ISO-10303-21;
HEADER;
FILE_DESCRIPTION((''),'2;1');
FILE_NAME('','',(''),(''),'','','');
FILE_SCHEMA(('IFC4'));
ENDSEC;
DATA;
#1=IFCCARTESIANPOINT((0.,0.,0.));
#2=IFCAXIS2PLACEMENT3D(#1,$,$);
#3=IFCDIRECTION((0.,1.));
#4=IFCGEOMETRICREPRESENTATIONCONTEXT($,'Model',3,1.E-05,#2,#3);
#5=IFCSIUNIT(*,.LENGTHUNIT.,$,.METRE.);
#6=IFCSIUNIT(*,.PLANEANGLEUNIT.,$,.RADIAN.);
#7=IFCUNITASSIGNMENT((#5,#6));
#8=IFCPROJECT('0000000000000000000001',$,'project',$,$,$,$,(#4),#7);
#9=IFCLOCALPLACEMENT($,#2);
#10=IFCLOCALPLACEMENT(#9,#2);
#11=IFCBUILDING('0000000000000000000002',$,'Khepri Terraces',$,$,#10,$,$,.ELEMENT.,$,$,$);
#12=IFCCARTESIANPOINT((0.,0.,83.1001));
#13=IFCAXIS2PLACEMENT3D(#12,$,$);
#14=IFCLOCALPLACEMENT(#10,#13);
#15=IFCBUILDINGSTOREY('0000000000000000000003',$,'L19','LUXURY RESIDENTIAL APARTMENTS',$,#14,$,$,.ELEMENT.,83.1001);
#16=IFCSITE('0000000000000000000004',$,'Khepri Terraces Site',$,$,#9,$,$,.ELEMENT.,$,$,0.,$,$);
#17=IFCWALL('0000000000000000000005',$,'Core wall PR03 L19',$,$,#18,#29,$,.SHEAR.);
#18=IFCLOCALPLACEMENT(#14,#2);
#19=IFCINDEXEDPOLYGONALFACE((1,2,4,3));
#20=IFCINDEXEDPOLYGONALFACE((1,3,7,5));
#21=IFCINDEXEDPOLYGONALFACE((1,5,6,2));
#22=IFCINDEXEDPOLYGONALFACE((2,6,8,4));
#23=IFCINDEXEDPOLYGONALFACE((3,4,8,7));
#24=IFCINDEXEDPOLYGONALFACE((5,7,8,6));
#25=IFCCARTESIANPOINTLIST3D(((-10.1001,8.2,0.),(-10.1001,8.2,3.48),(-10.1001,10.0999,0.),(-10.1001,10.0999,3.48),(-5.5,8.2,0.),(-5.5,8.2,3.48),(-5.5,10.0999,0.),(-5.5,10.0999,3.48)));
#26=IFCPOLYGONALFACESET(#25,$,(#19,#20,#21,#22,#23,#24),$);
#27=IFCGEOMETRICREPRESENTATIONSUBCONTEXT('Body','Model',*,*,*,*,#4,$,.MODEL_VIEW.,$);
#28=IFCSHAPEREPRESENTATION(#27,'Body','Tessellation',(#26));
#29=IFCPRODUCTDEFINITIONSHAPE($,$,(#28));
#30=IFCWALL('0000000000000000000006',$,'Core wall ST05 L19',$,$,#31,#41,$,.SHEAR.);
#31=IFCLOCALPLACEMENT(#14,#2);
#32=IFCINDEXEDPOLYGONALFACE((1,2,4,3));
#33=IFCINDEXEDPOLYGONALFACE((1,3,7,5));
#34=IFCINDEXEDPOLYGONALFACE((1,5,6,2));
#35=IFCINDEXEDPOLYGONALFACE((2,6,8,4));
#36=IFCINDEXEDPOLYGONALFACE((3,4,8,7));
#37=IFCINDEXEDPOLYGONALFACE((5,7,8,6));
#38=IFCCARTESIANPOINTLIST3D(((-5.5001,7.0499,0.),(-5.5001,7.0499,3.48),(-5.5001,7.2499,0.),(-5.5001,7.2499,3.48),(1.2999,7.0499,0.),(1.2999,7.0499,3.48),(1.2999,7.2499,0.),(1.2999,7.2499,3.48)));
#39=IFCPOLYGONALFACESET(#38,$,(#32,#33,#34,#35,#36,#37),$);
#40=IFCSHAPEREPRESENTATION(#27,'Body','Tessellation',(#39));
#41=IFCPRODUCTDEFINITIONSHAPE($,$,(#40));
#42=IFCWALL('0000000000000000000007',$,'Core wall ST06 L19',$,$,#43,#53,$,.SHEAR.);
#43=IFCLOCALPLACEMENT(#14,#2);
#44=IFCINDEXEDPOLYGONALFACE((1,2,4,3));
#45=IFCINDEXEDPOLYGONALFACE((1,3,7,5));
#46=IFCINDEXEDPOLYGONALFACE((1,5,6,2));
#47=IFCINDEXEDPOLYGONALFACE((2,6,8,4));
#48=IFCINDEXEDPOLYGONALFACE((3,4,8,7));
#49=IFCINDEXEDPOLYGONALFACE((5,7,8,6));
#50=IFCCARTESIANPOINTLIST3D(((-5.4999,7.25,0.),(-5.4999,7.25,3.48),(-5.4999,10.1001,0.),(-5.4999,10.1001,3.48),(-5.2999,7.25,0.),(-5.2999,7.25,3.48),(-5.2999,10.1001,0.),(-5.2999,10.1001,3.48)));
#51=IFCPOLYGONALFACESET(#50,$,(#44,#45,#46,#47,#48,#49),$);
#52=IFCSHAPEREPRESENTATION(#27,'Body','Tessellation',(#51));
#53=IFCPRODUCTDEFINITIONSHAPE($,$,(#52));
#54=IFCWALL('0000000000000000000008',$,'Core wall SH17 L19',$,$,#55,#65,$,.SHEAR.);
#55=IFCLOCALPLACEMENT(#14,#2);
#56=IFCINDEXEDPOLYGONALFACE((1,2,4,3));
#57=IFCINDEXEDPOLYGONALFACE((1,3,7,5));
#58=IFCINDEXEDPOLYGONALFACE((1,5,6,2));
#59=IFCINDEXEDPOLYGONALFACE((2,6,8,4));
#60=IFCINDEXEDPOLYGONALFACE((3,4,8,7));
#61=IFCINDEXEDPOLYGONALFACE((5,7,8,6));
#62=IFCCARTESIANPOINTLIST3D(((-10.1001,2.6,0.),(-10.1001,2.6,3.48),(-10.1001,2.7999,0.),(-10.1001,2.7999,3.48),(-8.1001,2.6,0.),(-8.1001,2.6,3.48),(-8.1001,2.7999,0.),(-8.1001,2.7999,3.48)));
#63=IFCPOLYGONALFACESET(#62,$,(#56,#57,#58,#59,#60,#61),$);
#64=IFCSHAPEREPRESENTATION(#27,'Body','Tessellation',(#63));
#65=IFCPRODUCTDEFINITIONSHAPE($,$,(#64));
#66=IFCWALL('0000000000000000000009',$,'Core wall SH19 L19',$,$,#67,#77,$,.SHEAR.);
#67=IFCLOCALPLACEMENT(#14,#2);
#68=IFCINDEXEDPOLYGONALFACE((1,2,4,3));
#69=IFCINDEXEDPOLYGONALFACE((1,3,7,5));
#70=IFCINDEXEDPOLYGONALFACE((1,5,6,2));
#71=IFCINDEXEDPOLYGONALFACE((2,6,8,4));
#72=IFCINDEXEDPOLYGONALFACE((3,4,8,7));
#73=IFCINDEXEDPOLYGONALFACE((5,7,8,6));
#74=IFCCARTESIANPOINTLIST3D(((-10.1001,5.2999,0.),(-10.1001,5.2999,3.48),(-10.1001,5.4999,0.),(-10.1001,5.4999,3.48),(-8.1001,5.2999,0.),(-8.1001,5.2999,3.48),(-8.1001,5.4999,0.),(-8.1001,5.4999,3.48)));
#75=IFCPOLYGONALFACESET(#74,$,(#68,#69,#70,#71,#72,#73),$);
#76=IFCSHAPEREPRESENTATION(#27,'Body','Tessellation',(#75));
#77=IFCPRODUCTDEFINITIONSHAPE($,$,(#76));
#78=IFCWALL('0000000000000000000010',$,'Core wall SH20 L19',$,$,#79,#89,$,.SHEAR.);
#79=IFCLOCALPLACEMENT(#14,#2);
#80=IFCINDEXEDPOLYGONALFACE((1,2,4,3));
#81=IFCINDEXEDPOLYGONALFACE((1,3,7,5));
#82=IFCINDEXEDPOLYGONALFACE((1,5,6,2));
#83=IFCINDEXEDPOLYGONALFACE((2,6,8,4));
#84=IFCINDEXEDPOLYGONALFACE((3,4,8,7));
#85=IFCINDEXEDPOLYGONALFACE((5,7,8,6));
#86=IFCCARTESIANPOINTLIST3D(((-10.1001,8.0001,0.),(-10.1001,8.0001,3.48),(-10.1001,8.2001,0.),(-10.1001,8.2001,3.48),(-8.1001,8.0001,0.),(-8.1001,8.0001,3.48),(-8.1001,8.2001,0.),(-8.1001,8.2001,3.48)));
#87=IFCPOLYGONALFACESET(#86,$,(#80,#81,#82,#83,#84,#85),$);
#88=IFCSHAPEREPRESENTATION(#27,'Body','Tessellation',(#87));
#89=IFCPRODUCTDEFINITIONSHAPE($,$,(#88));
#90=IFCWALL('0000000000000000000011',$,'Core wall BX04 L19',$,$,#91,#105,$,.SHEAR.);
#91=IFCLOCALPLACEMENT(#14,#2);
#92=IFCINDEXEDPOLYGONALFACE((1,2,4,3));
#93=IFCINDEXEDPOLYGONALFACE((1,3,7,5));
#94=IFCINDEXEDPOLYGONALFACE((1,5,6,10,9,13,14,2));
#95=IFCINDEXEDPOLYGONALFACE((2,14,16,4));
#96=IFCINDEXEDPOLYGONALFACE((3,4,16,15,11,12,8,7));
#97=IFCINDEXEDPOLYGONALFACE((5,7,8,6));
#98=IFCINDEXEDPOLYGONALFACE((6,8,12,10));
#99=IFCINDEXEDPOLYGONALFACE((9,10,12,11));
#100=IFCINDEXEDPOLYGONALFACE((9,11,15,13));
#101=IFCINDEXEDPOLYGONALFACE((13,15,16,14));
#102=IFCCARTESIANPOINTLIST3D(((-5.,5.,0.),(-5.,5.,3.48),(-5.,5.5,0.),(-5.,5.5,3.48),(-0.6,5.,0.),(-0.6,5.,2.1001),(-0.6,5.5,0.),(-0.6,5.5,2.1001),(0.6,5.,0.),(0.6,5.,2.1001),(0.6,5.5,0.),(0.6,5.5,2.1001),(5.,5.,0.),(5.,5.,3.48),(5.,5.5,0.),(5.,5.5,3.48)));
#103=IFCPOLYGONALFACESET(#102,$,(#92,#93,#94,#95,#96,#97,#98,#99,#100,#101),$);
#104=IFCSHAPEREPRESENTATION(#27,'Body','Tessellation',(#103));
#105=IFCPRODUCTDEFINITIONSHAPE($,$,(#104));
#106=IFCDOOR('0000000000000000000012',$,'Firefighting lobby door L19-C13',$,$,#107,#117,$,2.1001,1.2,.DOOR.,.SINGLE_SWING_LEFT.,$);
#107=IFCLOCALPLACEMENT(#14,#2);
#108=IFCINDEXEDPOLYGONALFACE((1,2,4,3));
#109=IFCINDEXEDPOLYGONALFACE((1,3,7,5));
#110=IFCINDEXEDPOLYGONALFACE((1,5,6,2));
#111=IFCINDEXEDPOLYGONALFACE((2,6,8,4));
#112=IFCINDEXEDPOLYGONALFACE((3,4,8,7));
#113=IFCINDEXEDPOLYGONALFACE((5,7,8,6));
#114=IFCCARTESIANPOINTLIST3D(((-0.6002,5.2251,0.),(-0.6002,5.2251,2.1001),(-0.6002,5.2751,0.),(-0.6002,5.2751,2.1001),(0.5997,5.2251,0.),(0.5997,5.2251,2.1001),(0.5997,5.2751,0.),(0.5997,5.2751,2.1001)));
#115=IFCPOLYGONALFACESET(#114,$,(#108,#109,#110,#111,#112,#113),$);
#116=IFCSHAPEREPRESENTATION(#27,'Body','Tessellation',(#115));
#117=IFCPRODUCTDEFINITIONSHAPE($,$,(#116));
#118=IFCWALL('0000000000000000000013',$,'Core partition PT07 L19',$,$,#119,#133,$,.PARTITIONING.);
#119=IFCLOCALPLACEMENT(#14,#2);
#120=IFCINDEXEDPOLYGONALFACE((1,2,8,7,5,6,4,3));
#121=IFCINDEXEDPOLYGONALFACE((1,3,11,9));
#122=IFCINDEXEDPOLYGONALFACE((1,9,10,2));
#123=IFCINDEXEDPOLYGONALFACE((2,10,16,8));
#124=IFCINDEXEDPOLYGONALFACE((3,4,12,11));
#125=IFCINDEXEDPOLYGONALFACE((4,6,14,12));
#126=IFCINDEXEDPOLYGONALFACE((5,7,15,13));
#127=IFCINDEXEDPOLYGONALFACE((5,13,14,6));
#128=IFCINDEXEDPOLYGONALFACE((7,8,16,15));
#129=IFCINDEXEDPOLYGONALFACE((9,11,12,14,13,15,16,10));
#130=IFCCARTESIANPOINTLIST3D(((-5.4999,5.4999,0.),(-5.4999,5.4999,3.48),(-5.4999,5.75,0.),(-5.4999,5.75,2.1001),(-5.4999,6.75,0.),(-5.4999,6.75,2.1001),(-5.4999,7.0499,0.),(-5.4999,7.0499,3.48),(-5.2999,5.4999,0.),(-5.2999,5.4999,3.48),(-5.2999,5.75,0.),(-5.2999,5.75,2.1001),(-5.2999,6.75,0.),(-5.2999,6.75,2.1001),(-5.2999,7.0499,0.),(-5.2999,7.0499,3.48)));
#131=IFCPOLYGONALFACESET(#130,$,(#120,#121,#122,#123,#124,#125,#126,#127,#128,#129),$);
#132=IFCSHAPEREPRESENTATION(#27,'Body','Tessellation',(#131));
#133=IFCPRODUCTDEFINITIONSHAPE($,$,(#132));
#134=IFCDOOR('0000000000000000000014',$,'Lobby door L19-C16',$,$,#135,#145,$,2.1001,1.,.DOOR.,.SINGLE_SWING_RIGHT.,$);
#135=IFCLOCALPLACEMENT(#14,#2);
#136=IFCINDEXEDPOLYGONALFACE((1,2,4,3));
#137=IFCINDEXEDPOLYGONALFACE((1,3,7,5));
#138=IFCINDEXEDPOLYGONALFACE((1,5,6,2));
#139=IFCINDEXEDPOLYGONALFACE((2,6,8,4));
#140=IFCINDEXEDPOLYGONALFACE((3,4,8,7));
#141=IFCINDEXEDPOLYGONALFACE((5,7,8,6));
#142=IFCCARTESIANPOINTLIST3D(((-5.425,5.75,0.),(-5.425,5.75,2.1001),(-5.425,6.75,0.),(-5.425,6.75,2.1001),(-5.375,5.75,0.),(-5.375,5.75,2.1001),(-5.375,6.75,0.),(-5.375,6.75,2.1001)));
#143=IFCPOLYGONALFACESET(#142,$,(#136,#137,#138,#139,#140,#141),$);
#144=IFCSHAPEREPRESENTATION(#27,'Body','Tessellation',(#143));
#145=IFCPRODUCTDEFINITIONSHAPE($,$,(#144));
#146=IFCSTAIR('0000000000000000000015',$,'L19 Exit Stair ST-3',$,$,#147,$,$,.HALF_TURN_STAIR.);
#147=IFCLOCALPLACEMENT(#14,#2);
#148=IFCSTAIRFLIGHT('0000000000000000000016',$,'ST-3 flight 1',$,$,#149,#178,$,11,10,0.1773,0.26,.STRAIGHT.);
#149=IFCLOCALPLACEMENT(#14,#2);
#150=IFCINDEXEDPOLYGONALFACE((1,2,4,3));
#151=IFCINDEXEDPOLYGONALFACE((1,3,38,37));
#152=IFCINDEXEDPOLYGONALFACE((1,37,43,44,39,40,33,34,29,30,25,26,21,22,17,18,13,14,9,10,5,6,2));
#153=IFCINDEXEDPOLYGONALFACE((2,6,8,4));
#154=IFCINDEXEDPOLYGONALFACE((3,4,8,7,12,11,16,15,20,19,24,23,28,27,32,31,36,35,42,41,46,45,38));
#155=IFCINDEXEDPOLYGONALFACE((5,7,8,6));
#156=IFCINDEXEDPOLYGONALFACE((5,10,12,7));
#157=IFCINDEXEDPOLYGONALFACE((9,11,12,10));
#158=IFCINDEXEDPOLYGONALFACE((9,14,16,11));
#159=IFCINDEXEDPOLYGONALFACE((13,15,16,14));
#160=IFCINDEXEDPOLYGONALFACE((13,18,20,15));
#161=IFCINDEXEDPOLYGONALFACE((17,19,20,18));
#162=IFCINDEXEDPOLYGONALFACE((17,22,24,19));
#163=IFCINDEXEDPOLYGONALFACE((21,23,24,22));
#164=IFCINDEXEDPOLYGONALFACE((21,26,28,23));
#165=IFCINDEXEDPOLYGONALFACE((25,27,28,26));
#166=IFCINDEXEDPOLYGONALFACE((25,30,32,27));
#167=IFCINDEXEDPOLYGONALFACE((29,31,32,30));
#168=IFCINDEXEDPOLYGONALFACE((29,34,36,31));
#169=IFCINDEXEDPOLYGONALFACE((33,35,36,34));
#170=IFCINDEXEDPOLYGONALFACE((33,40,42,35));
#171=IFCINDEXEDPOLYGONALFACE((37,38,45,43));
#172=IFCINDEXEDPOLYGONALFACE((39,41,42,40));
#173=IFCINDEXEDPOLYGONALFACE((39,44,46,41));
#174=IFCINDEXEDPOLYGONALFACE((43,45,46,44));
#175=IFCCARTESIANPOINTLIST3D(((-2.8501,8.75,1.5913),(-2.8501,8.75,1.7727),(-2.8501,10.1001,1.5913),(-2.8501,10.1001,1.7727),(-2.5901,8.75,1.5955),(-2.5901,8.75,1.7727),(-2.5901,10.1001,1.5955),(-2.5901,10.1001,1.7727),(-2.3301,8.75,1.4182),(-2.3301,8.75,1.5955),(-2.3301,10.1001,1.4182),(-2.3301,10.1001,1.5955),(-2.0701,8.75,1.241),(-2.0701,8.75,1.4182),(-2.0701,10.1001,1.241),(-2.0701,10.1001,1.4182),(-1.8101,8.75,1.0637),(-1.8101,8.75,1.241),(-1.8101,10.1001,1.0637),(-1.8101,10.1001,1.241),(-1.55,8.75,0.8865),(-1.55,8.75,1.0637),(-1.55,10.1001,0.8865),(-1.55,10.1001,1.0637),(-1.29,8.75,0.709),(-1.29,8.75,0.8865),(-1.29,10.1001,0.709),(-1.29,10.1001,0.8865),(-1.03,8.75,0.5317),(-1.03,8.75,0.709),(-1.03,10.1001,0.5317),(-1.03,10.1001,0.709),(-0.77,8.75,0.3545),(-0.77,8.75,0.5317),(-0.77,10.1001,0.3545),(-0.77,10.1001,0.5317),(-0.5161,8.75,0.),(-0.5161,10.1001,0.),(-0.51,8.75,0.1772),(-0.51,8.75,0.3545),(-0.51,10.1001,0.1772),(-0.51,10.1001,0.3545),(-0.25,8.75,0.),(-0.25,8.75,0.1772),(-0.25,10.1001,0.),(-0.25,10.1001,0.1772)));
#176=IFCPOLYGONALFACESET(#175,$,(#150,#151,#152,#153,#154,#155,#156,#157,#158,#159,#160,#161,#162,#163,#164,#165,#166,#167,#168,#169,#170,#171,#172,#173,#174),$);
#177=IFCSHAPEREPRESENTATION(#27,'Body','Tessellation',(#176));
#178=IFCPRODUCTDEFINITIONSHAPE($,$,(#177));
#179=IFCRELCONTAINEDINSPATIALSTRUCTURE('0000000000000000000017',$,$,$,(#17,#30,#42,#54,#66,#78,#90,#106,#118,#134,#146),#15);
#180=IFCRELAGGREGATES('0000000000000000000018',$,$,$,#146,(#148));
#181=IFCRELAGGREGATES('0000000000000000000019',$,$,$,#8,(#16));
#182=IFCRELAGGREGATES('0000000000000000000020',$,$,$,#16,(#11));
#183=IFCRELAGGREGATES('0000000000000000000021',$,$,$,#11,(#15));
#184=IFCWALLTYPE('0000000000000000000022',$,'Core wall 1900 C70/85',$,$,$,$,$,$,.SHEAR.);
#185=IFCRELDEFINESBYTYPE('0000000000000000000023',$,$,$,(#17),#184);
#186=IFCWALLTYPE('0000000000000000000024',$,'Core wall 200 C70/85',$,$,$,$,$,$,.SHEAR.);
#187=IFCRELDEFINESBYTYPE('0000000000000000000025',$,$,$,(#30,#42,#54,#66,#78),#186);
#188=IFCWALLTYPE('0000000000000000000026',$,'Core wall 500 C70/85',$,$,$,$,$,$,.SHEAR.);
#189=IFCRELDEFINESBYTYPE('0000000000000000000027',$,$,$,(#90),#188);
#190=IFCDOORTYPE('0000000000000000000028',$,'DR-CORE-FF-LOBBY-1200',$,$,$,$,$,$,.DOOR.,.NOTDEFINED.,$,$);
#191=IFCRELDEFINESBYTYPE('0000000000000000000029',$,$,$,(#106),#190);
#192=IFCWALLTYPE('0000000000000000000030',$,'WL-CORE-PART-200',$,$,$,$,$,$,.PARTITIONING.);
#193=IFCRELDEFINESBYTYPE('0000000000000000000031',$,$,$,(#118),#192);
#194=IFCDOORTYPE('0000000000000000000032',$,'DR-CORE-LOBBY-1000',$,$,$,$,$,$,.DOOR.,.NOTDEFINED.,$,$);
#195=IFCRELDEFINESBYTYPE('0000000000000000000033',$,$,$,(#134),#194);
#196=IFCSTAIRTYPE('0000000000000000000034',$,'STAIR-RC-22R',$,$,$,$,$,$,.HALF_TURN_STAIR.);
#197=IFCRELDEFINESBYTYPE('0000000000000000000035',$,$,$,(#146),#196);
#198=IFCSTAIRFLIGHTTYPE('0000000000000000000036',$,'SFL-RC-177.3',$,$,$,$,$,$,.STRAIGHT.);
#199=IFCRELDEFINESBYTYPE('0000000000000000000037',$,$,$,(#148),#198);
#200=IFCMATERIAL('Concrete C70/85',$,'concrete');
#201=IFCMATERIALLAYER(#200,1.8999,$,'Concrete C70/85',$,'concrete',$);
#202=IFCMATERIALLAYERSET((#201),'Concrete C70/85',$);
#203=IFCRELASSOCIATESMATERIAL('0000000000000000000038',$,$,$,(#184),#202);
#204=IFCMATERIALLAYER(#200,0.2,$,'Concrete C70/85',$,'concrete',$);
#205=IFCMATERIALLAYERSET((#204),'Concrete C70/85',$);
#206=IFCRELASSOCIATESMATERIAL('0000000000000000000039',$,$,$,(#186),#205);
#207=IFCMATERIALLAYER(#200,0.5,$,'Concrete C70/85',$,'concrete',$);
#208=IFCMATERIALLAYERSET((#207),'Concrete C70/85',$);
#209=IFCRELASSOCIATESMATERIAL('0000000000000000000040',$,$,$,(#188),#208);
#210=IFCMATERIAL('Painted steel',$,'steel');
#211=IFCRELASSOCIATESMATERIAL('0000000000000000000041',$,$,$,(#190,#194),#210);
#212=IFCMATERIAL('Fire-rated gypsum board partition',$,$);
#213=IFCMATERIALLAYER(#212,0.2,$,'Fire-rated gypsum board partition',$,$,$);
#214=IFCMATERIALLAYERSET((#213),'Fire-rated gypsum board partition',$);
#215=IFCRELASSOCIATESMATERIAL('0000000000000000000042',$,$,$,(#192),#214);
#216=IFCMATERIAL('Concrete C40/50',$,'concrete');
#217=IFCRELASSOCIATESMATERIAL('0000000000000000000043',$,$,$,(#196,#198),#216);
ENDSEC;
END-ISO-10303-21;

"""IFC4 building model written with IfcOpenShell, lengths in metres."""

from ifc_helpers import new_model, si_unit, direction, frame, frame_2d, origin, place, context, subcontext, project, spatial, polyline, rectangle, outline, extrude, material, layer, layer_set, type_object, element, fill, aggregate, save


model = new_model("IFC4")

# Units and contexts
model_context = context("Model", 3, precision=1e-05, world=origin(), true_north=direction((0.0, 1.0)))
body_context = subcontext(model_context, "Body", "Model", "MODEL_VIEW")
ifc_project = project(units=[si_unit("LENGTHUNIT", "METRE"), si_unit("PLANEANGLEUNIT", "RADIAN")], contexts=[model_context])

# Site, building, storey
site_placement = place(None, origin())
site = spatial("IfcSite", under=ifc_project, at=site_placement, Name="Khepri Terraces Site", CompositionType="ELEMENT", RefElevation=0.0)
building_placement = place(site_placement, origin())
building = spatial("IfcBuilding", under=site, at=building_placement, Name="Khepri Terraces", CompositionType="ELEMENT")
storey_placement = place(building_placement, frame((0.0, 0.0, 83.1001)))
storey = spatial("IfcBuildingStorey", under=building, at=storey_placement, Name="L19", Description="LUXURY RESIDENTIAL APARTMENTS", CompositionType="ELEMENT", Elevation=83.1001)

# Walls
ifc_material_1 = material(Name="Concrete C70/85", Category="concrete")
ifc_layer_1 = layer(ifc_material_1, 1.8999, Name="Concrete C70/85", Category="concrete")
ifc_layer_set_1 = layer_set([ifc_layer_1], Name="Concrete C70/85")
wall_type_1 = type_object("IfcWallType", Name="Core wall 1900 C70/85", PredefinedType="SHEAR", material=ifc_layer_set_1)
wall_1_placement = place(storey_placement, frame((-10.1001, 9.1499, 0.0), z_axis=(0.0, 0.0, 1.0), x_axis=(1.0, 0.0, 0.0)))
element("IfcWall", 1, at=wall_1_placement, inside=storey, type_object=wall_type_1, Name="Core wall PR03 L19", PredefinedType="SHEAR", context=body_context, shape_type="SweptSolid", body=[
    extrude(rectangle(XDim=4.6001, YDim=1.8999, at=frame_2d((2.3, 0.0))), origin(), (0.0, 0.0, 1.0), 3.48),
])
ifc_layer_2 = layer(ifc_material_1, 0.2, Name="Concrete C70/85", Category="concrete")
ifc_layer_set_2 = layer_set([ifc_layer_2], Name="Concrete C70/85")
wall_type_2 = type_object("IfcWallType", Name="Core wall 200 C70/85", PredefinedType="SHEAR", material=ifc_layer_set_2)
wall_2_placement = place(storey_placement, frame((-5.5, 7.1499, 0.0), z_axis=(0.0, 0.0, 1.0), x_axis=(1.0, 0.0, 0.0)))
element("IfcWall", 2, at=wall_2_placement, inside=storey, type_object=wall_type_2, Name="Core wall ST05 L19", PredefinedType="SHEAR", context=body_context, shape_type="SweptSolid", body=[
    extrude(rectangle(XDim=6.8, YDim=0.2, at=frame_2d((3.3999, 0.0))), origin(), (0.0, 0.0, 1.0), 3.48),
])
wall_3_placement = place(storey_placement, frame((-5.3999, 7.25, 0.0), z_axis=(0.0, 0.0, 1.0), x_axis=(0.0, 1.0, 0.0)))
element("IfcWall", 3, at=wall_3_placement, inside=storey, type_object=wall_type_2, Name="Core wall ST06 L19", PredefinedType="SHEAR", context=body_context, shape_type="SweptSolid", body=[
    extrude(rectangle(XDim=2.8501, YDim=0.2, at=frame_2d((1.425, 0.0))), origin(), (0.0, 0.0, 1.0), 3.48),
])
for number, where, z_axis, x_axis, name in (
    (4, (-10.1001, 2.7, 0.0), (0.0, 0.0, 1.0), (1.0, 0.0, 0.0), "Core wall SH17 L19"),
    (5, (-10.1001, 5.3999, 0.0), (0.0, 0.0, 1.0), (1.0, 0.0, 0.0), "Core wall SH19 L19"),
    (6, (-10.1001, 8.1001, 0.0), (0.0, 0.0, 1.0), (1.0, 0.0, 0.0), "Core wall SH20 L19"),
):
    element("IfcWall", number, at=place(storey_placement, frame(where, z_axis=z_axis, x_axis=x_axis)), inside=storey, type_object=wall_type_2, Name=name, PredefinedType="SHEAR", context=body_context, shape_type="SweptSolid", body=[
        extrude(rectangle(XDim=2.0, YDim=0.2, at=frame_2d((1.0, 0.0))), origin(), (0.0, 0.0, 1.0), 3.48),
    ])

# Walls, openings, doors
ifc_layer_3 = layer(ifc_material_1, 0.5, Name="Concrete C70/85", Category="concrete")
ifc_layer_set_3 = layer_set([ifc_layer_3], Name="Concrete C70/85")
wall_type_3 = type_object("IfcWallType", Name="Core wall 500 C70/85", PredefinedType="SHEAR", material=ifc_layer_set_3)
wall_4_placement = place(storey_placement, frame((-5.0, 5.25, 0.0), z_axis=(0.0, 0.0, 1.0), x_axis=(1.0, 0.0, 0.0)))
wall_4 = element("IfcWall", 7, at=wall_4_placement, inside=storey, type_object=wall_type_3, Name="Core wall BX04 L19", PredefinedType="SHEAR", context=body_context, shape_type="SweptSolid", body=[
    extrude(rectangle(XDim=10.0, YDim=0.5, at=frame_2d((5.0, 0.0))), origin(), (0.0, 0.0, 1.0), 3.48),
])
opening_1_placement = place(wall_4_placement, frame((4.3999, 0.0, 0.0)))
opening_1 = element("IfcOpeningElement", 8, at=opening_1_placement, cuts=wall_4, PredefinedType="OPENING", context=body_context, shape_type="SweptSolid", body=[
    extrude(rectangle(XDim=1.2, YDim=2.1001, at=frame_2d((0.6001, 1.05))), frame((0.0, 0.26, 0.0), z_axis=(0.0, -1.0, 0.0), x_axis=(1.0, 0.0, 0.0)), (0.0, 0.0, 1.0), 0.52),
])
ifc_material_2 = material(Name="Painted steel", Category="steel")
door_type_1 = type_object("IfcDoorType", Name="DR-CORE-FF-LOBBY-1200", OperationType="NOTDEFINED", PredefinedType="DOOR", material=ifc_material_2)
door_1_placement = place(opening_1_placement, frame((1.2, 0.0, 0.0), z_axis=(0.0, 0.0, 1.0), x_axis=(-1.0, 0.0, 0.0)))
door_1 = element("IfcDoor", 9, at=door_1_placement, inside=storey, type_object=door_type_1, Name="Firefighting lobby door L19-C13", OperationType="SINGLE_SWING_LEFT", OverallHeight=2.1001, OverallWidth=1.2, PredefinedType="DOOR", context=body_context, shape_type="SweptSolid", body=[
    extrude(rectangle(XDim=1.2, YDim=2.1001, at=frame_2d((0.6001, 1.05))), frame((0.0, 0.0249, 0.0), z_axis=(0.0, -1.0, 0.0), x_axis=(1.0, 0.0, 0.0)), (0.0, 0.0, 1.0), 0.05),
])
fill(opening_1, door_1)
ifc_material_3 = material(Name="Fire-rated gypsum board partition")
ifc_layer_4 = layer(ifc_material_3, 0.2, Name="Fire-rated gypsum board partition")
ifc_layer_set_4 = layer_set([ifc_layer_4], Name="Fire-rated gypsum board partition")
wall_type_4 = type_object("IfcWallType", Name="WL-CORE-PART-200", PredefinedType="PARTITIONING", material=ifc_layer_set_4)
wall_5_placement = place(storey_placement, frame((-5.3999, 5.5, 0.0), z_axis=(0.0, 0.0, 1.0), x_axis=(0.0, 1.0, 0.0)))
wall_5 = element("IfcWall", 10, at=wall_5_placement, inside=storey, type_object=wall_type_4, Name="Core partition PT07 L19", PredefinedType="PARTITIONING", context=body_context, shape_type="SweptSolid", body=[
    extrude(rectangle(XDim=1.55, YDim=0.2, at=frame_2d((0.7749, 0.0))), origin(), (0.0, 0.0, 1.0), 3.48),
])
opening_2_placement = place(wall_5_placement, frame((0.25, 0.0, 0.0)))
opening_2 = element("IfcOpeningElement", 11, at=opening_2_placement, cuts=wall_5, PredefinedType="OPENING", context=body_context, shape_type="SweptSolid", body=[
    extrude(rectangle(XDim=1.0, YDim=2.1001, at=frame_2d((0.5, 1.05))), frame((0.0, 0.1099, 0.0), z_axis=(0.0, -1.0, 0.0), x_axis=(1.0, 0.0, 0.0)), (0.0, 0.0, 1.0), 0.22),
])
door_type_2 = type_object("IfcDoorType", Name="DR-CORE-LOBBY-1000", OperationType="NOTDEFINED", PredefinedType="DOOR", material=ifc_material_2)
door_2_placement = place(opening_2_placement, frame((1.0, 0.0, 0.0), z_axis=(0.0, 0.0, 1.0), x_axis=(-1.0, 0.0, 0.0)))
door_2 = element("IfcDoor", 12, at=door_2_placement, inside=storey, type_object=door_type_2, Name="Lobby door L19-C16", OperationType="SINGLE_SWING_RIGHT", OverallHeight=2.1001, OverallWidth=1.0, PredefinedType="DOOR", context=body_context, shape_type="SweptSolid", body=[
    extrude(rectangle(XDim=1.0, YDim=2.1001, at=frame_2d((0.5, 1.05))), frame((0.0, 0.0249, 0.0), z_axis=(0.0, -1.0, 0.0), x_axis=(1.0, 0.0, 0.0)), (0.0, 0.0, 1.0), 0.05),
])
fill(opening_2, door_2)

# Stair, stair flight
ifc_material_4 = material(Name="Concrete C40/50", Category="concrete")
stair_type = type_object("IfcStairType", Name="STAIR-RC-22R", PredefinedType="HALF_TURN_STAIR", material=ifc_material_4)
stair_placement = place(storey_placement, origin())
stair = element("IfcStair", 13, at=stair_placement, inside=storey, type_object=stair_type, Name="L19 Exit Stair ST-3", PredefinedType="HALF_TURN_STAIR")
stair_flight_type = type_object("IfcStairFlightType", Name="SFL-RC-177.3", PredefinedType="STRAIGHT", material=ifc_material_4)
stair_flight_1_placement = place(storey_placement, frame((-0.25, 9.425, 0.0), z_axis=(0.0, 0.0, 1.0), x_axis=(-1.0, 0.0, 0.0)))
stair_flight_1 = element("IfcStairFlight", 14, at=stair_flight_1_placement, type_object=stair_flight_type, Name="ST-3 flight 1", NumberOfRisers=11, NumberOfTreads=10, PredefinedType="STRAIGHT", RiserHeight=0.1773, TreadLength=0.26, context=body_context, shape_type="SweptSolid", body=[
    extrude(outline(polyline([(0.0, 0.0), (0.0, 0.1772), (0.26, 0.1772), (0.26, 0.3545), (0.52, 0.3545), (0.52, 0.5317), (0.78, 0.5317), (0.78, 0.709), (1.04, 0.709), (1.04, 0.8865), (1.3, 0.8865), (1.3, 1.0637), (1.5601, 1.0637), (1.5601, 1.241), (1.8201, 1.241), (1.8201, 1.4182), (2.0801, 1.4182), (2.0801, 1.5955), (2.3401, 1.5955), (2.3401, 1.7727), (2.6001, 1.7727), (2.6001, 1.95), (2.6001, 1.5913), (0.2661, 0.0), (0.0, 0.0)])), frame((0.0, 0.675, 0.0), z_axis=(0.0, -1.0, 0.0), x_axis=(1.0, 0.0, 0.0)), (0.0, 0.0, 1.0), 1.3501),
])
aggregate(stair, [stair_flight_1])

save(model, "model.ifc")
